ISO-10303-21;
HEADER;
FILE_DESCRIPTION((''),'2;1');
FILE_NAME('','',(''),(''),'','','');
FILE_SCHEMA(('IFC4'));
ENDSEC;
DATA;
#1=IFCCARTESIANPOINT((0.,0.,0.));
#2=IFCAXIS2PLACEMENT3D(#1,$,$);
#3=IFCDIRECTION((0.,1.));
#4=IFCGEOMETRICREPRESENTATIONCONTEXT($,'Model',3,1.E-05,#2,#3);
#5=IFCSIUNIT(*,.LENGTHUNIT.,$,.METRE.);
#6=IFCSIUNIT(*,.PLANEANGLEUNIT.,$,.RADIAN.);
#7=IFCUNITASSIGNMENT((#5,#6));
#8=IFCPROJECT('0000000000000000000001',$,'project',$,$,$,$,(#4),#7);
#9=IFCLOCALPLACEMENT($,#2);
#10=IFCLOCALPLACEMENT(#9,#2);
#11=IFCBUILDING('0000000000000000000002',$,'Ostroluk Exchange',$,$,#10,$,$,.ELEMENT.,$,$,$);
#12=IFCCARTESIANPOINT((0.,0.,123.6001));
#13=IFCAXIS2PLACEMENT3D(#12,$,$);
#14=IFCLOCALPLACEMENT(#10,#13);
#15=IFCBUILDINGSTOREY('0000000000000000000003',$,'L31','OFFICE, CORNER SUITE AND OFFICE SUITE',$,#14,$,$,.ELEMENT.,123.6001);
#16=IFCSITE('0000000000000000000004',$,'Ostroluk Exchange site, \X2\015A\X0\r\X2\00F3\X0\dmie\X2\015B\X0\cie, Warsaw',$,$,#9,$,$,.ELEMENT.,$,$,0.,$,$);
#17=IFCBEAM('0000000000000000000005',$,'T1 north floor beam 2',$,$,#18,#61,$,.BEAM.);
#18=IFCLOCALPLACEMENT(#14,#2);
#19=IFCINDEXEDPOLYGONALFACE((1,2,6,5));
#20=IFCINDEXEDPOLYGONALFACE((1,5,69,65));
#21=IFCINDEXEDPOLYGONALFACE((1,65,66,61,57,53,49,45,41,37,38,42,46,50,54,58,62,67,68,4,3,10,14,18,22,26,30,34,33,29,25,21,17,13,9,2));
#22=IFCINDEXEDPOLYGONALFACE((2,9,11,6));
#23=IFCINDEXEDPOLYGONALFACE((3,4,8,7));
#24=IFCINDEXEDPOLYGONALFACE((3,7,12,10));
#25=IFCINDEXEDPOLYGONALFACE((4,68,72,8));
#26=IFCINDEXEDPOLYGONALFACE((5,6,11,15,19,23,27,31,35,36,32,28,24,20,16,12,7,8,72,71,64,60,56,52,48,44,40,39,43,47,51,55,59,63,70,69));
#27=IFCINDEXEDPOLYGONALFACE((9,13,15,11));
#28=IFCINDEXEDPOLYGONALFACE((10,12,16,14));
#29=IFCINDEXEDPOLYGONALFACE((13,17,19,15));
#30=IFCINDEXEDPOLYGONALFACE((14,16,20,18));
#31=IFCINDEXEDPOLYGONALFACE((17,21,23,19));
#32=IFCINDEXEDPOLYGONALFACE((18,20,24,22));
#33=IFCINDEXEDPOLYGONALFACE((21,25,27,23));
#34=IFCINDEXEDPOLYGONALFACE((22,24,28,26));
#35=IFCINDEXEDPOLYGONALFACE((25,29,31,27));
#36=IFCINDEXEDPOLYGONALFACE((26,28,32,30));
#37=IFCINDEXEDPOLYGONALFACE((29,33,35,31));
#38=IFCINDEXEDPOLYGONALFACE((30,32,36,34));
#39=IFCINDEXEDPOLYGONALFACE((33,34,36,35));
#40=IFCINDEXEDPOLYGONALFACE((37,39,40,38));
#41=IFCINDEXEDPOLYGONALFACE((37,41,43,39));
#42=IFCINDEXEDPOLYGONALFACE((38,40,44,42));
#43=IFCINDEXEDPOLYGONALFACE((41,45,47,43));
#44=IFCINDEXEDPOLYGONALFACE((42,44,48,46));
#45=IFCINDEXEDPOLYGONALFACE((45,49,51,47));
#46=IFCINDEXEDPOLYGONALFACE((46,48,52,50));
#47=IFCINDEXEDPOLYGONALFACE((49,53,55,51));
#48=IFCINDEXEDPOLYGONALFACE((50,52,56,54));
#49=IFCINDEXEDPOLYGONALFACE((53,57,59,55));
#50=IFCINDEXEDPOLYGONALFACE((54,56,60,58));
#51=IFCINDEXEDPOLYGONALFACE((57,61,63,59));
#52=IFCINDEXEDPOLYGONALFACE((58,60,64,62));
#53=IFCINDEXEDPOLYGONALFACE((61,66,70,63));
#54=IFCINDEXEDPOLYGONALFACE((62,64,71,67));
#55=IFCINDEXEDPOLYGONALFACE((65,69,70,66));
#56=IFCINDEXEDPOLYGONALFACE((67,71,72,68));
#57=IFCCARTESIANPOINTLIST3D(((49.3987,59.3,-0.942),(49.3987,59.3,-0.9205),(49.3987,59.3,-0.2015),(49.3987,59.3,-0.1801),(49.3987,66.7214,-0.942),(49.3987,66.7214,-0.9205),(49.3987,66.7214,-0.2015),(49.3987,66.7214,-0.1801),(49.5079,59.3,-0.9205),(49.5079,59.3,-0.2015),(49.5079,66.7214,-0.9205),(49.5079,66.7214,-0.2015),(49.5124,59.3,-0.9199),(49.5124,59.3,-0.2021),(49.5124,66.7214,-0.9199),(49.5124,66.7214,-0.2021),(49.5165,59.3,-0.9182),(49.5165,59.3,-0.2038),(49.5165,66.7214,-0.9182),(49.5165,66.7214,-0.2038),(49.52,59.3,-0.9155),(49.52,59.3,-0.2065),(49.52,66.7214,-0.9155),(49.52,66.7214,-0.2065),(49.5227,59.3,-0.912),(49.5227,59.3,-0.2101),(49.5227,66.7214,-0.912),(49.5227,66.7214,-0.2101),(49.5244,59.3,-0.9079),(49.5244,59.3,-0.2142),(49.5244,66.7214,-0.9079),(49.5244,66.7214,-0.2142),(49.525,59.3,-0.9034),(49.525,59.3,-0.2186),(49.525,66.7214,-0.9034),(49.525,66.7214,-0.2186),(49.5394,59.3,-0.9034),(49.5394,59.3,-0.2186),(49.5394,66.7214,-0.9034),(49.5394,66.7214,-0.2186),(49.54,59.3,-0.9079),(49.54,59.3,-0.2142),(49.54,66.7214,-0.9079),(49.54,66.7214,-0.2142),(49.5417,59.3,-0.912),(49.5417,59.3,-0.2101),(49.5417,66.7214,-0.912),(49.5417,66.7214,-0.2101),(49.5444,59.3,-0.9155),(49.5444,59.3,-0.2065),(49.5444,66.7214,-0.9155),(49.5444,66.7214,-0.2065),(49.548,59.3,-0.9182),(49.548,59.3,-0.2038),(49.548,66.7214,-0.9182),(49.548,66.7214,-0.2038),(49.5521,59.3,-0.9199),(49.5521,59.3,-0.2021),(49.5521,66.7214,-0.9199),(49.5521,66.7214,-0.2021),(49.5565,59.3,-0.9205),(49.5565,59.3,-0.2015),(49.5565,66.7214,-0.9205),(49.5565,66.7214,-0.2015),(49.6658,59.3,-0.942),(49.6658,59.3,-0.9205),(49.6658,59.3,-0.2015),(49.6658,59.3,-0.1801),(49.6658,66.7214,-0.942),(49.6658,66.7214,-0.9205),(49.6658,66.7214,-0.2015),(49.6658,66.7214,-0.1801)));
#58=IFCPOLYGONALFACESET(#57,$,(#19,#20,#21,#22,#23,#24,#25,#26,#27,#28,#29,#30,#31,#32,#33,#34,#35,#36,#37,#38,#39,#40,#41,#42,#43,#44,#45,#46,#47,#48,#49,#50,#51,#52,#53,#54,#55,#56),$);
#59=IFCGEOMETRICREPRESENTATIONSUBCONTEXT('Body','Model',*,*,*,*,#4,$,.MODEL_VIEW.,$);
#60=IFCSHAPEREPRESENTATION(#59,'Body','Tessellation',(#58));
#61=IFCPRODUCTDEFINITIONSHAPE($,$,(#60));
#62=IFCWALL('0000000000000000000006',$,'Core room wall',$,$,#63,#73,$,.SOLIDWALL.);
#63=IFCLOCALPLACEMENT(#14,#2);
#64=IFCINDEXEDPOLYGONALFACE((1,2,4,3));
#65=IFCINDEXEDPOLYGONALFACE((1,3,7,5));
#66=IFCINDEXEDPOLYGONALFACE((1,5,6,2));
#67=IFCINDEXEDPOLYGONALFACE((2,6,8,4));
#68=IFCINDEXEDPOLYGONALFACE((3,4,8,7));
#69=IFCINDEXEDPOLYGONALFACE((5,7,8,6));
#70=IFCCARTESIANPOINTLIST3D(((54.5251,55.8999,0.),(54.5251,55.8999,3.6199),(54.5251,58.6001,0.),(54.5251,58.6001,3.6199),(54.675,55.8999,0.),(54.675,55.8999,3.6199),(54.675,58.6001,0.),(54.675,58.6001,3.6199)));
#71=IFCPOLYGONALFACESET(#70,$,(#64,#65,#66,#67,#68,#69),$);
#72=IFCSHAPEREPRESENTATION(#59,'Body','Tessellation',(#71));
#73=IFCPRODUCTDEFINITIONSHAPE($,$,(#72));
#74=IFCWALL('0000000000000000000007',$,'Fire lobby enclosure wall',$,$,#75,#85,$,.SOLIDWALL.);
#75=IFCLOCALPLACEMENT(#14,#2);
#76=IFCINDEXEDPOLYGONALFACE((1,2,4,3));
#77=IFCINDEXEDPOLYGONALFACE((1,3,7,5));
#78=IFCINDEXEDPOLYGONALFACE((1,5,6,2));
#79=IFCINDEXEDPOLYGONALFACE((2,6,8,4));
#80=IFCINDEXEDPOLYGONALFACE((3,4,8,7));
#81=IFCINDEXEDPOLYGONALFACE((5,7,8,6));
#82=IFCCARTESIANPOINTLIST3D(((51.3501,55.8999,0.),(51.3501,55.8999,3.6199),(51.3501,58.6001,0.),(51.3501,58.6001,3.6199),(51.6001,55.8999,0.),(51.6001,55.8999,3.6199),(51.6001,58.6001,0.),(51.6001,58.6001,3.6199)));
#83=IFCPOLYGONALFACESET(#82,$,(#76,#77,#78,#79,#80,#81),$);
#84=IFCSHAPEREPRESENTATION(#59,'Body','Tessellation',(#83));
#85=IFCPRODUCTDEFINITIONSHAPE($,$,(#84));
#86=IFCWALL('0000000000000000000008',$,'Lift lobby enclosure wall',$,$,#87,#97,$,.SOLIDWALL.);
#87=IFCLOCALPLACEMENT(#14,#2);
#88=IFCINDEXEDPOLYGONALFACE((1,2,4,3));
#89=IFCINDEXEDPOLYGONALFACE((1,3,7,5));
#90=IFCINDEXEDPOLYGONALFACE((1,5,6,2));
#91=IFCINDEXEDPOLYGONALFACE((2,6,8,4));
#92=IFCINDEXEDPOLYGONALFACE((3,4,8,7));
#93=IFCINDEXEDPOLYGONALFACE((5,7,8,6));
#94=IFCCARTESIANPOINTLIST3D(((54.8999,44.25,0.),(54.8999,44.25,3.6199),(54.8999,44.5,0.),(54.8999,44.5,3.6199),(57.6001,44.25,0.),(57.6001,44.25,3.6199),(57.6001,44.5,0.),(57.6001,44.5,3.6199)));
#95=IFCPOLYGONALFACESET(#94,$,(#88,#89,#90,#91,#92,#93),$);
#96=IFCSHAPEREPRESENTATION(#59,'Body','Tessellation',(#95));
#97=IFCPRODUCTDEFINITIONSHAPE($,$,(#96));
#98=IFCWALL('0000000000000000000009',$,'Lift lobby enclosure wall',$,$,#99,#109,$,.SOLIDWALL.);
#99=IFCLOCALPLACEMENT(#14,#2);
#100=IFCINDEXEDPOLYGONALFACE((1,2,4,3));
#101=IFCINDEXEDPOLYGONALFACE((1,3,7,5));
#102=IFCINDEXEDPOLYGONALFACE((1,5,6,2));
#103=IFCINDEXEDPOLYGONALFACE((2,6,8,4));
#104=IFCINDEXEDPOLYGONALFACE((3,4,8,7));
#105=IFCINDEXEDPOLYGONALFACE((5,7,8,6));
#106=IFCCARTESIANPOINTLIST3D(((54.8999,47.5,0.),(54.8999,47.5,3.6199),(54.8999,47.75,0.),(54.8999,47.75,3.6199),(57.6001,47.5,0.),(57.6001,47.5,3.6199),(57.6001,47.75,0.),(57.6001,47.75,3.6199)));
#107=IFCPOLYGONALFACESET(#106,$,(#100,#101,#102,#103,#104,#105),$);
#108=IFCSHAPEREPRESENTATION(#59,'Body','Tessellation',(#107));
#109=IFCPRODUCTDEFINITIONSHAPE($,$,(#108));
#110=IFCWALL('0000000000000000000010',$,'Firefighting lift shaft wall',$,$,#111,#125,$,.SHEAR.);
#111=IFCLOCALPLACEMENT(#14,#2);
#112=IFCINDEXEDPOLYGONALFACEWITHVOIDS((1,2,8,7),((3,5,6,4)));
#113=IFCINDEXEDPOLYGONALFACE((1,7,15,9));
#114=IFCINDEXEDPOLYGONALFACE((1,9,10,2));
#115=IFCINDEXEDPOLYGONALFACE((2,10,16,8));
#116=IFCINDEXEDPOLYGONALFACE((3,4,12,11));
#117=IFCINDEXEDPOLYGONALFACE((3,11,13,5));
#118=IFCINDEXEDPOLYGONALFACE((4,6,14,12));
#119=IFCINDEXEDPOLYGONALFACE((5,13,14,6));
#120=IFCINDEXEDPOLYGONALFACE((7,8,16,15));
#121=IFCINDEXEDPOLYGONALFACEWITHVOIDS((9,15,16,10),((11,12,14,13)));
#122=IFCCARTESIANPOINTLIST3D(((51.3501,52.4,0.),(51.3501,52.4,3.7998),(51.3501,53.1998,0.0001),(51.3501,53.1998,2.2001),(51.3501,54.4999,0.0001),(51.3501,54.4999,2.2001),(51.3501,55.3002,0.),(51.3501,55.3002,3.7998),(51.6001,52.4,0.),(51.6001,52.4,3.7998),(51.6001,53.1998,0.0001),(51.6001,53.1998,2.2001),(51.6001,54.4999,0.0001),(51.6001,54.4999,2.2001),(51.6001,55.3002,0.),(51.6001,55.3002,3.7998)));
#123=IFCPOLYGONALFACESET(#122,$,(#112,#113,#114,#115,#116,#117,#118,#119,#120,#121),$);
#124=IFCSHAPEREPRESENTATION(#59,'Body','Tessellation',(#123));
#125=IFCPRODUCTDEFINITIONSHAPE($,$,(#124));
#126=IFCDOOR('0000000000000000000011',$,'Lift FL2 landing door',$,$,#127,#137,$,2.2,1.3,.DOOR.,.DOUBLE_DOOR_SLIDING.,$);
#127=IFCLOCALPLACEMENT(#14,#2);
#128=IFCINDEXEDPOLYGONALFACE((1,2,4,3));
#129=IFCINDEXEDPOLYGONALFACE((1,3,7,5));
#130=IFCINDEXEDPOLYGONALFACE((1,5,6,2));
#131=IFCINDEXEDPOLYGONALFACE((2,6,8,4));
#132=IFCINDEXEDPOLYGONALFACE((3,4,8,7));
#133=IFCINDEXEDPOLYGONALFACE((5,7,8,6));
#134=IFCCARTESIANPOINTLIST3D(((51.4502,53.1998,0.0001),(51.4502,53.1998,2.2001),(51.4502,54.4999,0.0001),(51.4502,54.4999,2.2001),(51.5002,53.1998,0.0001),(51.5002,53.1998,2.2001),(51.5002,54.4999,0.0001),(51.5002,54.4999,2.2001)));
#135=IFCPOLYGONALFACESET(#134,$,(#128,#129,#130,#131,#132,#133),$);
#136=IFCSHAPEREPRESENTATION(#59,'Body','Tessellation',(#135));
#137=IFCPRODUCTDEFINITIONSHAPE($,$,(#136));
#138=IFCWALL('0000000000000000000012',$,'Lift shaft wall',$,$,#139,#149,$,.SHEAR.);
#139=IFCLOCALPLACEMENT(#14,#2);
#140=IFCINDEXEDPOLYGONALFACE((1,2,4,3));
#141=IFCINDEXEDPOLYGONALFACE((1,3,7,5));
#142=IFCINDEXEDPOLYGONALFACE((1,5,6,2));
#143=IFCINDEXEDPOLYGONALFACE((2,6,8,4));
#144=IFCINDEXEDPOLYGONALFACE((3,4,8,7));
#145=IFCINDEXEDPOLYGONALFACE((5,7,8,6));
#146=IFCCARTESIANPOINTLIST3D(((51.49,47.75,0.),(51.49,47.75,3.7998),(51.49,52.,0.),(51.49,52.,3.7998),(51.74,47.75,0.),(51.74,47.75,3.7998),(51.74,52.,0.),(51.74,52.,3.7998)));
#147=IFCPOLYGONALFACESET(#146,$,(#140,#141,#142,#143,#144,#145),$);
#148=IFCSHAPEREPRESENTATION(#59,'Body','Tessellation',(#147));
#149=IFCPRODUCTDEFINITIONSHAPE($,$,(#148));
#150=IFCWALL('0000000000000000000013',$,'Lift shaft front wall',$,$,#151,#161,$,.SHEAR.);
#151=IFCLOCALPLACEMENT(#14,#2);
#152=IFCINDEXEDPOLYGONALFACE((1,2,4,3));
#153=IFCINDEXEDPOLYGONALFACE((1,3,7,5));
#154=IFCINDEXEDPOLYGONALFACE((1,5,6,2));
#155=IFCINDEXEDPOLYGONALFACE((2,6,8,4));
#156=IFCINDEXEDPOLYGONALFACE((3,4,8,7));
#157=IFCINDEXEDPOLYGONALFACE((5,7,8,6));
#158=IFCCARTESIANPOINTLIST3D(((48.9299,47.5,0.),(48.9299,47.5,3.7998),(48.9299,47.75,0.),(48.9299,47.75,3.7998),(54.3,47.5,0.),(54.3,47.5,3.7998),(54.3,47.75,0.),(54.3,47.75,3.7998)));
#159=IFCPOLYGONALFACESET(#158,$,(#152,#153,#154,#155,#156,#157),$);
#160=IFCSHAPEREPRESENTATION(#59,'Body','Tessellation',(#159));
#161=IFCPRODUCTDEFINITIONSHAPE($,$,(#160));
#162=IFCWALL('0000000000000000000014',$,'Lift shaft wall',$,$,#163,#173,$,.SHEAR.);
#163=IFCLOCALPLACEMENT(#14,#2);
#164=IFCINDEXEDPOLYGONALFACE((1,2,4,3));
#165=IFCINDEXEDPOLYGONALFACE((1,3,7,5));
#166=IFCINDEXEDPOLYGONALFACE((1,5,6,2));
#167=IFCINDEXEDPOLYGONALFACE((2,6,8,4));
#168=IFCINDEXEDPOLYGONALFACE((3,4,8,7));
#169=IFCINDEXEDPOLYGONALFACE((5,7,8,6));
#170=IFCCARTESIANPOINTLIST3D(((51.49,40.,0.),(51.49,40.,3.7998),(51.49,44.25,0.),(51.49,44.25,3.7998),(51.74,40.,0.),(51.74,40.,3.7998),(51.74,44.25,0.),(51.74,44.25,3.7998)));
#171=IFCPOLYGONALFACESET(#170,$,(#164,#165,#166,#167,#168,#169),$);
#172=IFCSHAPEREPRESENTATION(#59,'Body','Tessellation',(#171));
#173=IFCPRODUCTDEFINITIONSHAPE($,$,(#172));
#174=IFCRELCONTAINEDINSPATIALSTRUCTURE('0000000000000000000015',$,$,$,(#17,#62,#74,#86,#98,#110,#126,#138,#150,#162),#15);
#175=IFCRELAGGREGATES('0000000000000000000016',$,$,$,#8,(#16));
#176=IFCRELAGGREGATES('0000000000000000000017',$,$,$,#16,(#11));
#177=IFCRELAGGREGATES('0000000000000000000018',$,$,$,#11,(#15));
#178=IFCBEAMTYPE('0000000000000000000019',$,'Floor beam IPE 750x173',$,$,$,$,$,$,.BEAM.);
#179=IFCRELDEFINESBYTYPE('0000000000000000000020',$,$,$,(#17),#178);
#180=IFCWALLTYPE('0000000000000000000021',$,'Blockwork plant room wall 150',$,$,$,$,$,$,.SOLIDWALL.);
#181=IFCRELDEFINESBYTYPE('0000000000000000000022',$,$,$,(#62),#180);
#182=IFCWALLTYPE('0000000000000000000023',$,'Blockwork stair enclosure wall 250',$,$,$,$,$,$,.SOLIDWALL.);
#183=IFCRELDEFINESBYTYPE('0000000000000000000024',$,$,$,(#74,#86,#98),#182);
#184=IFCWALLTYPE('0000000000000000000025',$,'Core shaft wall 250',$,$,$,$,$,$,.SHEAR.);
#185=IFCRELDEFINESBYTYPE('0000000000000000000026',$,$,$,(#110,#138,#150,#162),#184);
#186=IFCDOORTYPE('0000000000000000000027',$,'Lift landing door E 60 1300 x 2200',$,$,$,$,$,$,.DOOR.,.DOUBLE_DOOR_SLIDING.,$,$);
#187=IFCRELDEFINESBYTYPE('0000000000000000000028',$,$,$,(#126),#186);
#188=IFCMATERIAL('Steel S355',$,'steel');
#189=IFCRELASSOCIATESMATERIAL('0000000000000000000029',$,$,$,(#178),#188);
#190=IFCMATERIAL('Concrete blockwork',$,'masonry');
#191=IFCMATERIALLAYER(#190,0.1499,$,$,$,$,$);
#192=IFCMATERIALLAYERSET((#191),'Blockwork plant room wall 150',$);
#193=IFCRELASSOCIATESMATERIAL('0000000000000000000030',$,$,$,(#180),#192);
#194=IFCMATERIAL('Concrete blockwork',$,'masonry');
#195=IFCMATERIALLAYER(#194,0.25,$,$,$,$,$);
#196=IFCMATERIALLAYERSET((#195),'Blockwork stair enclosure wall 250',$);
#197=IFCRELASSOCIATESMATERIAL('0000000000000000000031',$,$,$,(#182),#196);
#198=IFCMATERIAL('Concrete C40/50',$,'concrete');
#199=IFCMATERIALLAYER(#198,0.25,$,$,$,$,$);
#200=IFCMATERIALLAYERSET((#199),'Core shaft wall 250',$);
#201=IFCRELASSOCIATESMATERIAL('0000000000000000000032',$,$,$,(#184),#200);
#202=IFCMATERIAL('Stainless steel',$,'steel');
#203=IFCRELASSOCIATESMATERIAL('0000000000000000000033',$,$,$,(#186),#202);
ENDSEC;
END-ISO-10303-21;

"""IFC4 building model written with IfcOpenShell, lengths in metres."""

from ifc_helpers import new_model, si_unit, direction, frame, frame_2d, origin, origin_2d, place, context, subcontext, project, spatial, rectangle, i_section, extrude, material, layer, layer_set, material_profile, profile_set, type_object, element, fill, save


model = new_model("IFC4")

# Units and contexts
model_context = context("Model", 3, precision=1e-05, world=origin(), true_north=direction((0.0, 1.0)))
body_context = subcontext(model_context, "Body", "Model", "MODEL_VIEW")
ifc_project = project(units=[si_unit("LENGTHUNIT", "METRE"), si_unit("PLANEANGLEUNIT", "RADIAN")], contexts=[model_context])

# Site, building, storey
site_placement = place(None, origin())
site = spatial("IfcSite", under=ifc_project, at=site_placement, Name="Ostroluk Exchange site, Śródmieście, Warsaw", CompositionType="ELEMENT", RefElevation=0.0)
building_placement = place(site_placement, origin())
building = spatial("IfcBuilding", under=site, at=building_placement, Name="Ostroluk Exchange", CompositionType="ELEMENT")
storey_placement = place(building_placement, frame((0.0, 0.0, 123.6001)))
storey = spatial("IfcBuildingStorey", under=building, at=storey_placement, Name="L31", Description="OFFICE, CORNER SUITE AND OFFICE SUITE", CompositionType="ELEMENT", Elevation=123.6001)

# Beam
ifc_material_1 = material(Name="Steel S355", Category="steel")
ifc_material_profile_1 = material_profile(ifc_material_1, i_section(OverallWidth=0.2671, OverallDepth=0.762, WebThickness=0.0144, FlangeThickness=0.0215, FilletRadius=0.0171, at=origin_2d()), Name="IPE 750x173")
ifc_profile_set_1 = profile_set([ifc_material_profile_1], Name="Steel S355")
beam_type_1 = type_object("IfcBeamType", Name="Floor beam IPE 750x173", PredefinedType="BEAM", material=ifc_profile_set_1)
for number, where, z_axis, x_axis, name in (
    (1, (49.5322, 59.3, -0.561), (0.0, 1.0, 0.0), (-1.0, 0.0, 0.0), "T1 north floor beam 2"),
):
    element("IfcBeam", number, at=place(storey_placement, frame(where, z_axis=z_axis, x_axis=x_axis)), inside=storey, type_object=beam_type_1, Name=name, PredefinedType="BEAM", context=body_context, shape_type="SweptSolid", body=[
        extrude(i_section(OverallWidth=0.2671, OverallDepth=0.762, WebThickness=0.0144, FlangeThickness=0.0215, FilletRadius=0.0171, at=origin_2d()), origin(), (0.0, 0.0, 1.0), 7.4214),
    ])

# Walls
ifc_material_2 = material(Name="Concrete blockwork", Category="masonry")
ifc_layer_1 = layer(ifc_material_2, 0.1499)
ifc_layer_set_1 = layer_set([ifc_layer_1], Name="Blockwork plant room wall 150")
wall_type_1 = type_object("IfcWallType", Name="Blockwork plant room wall 150", PredefinedType="SOLIDWALL", material=ifc_layer_set_1)
wall_1_placement = place(storey_placement, frame((54.6001, 55.8999, 0.0), z_axis=(0.0, 0.0, 1.0), x_axis=(0.0, 1.0, 0.0)))
element("IfcWall", 2, at=wall_1_placement, inside=storey, type_object=wall_type_1, Name="Core room wall", PredefinedType="SOLIDWALL", context=body_context, shape_type="SweptSolid", body=[
    extrude(rectangle(XDim=2.7002, YDim=0.1499, at=frame_2d((1.3501, 0.0))), origin(), (0.0, 0.0, 1.0), 3.6199),
])
ifc_material_3 = material(Name="Concrete blockwork", Category="masonry")
ifc_layer_2 = layer(ifc_material_3, 0.25)
ifc_layer_set_2 = layer_set([ifc_layer_2], Name="Blockwork stair enclosure wall 250")
wall_type_2 = type_object("IfcWallType", Name="Blockwork stair enclosure wall 250", PredefinedType="SOLIDWALL", material=ifc_layer_set_2)
for number, where, z_axis, x_axis, name in (
    (3, (51.4751, 55.8999, 0.0), (0.0, 0.0, 1.0), (0.0, 1.0, 0.0), "Fire lobby enclosure wall"),
    (4, (54.8999, 44.375, 0.0), (0.0, 0.0, 1.0), (1.0, 0.0, 0.0), "Lift lobby enclosure wall"),
    (5, (54.8999, 47.625, 0.0), (0.0, 0.0, 1.0), (1.0, 0.0, 0.0), "Lift lobby enclosure wall"),
):
    element("IfcWall", number, at=place(storey_placement, frame(where, z_axis=z_axis, x_axis=x_axis)), inside=storey, type_object=wall_type_2, Name=name, PredefinedType="SOLIDWALL", context=body_context, shape_type="SweptSolid", body=[
        extrude(rectangle(XDim=2.7002, YDim=0.25, at=frame_2d((1.3501, 0.0))), origin(), (0.0, 0.0, 1.0), 3.6199),
    ])

# Wall, opening, door
ifc_material_4 = material(Name="Concrete C40/50", Category="concrete")
ifc_layer_3 = layer(ifc_material_4, 0.25)
ifc_layer_set_3 = layer_set([ifc_layer_3], Name="Core shaft wall 250")
wall_type_3 = type_object("IfcWallType", Name="Core shaft wall 250", PredefinedType="SHEAR", material=ifc_layer_set_3)
wall_2_placement = place(storey_placement, frame((51.4751, 52.3999, 0.0), z_axis=(0.0, 0.0, 1.0), x_axis=(0.0, 1.0, 0.0)))
wall_2 = element("IfcWall", 6, at=wall_2_placement, inside=storey, type_object=wall_type_3, Name="Firefighting lift shaft wall", PredefinedType="SHEAR", context=body_context, shape_type="SweptSolid", body=[
    extrude(rectangle(XDim=2.9001, YDim=0.25, at=frame_2d((1.4502, 0.0))), origin(), (0.0, 0.0, 1.0), 3.7998),
])
opening_1_placement = place(wall_2_placement, frame((0.8, 0.0, 0.0)))
opening_1 = element("IfcOpeningElement", 7, at=opening_1_placement, cuts=wall_2, PredefinedType="OPENING", context=body_context, shape_type="SweptSolid", body=[
    extrude(rectangle(XDim=1.3, YDim=2.2, at=frame_2d((0.6499, 1.1001))), frame((0.0, 0.135, 0.0), z_axis=(0.0, -1.0, 0.0), x_axis=(1.0, 0.0, 0.0)), (0.0, 0.0, 1.0), 0.27),
])
ifc_material_5 = material(Name="Stainless steel", Category="steel")
door_type_1 = type_object("IfcDoorType", Name="Lift landing door E 60 1300 x 2200", OperationType="DOUBLE_DOOR_SLIDING", PredefinedType="DOOR", material=ifc_material_5)
door_1_placement = place(opening_1_placement, origin())
door_1 = element("IfcDoor", 8, at=door_1_placement, inside=storey, type_object=door_type_1, Name="Lift FL2 landing door", OperationType="DOUBLE_DOOR_SLIDING", OverallHeight=2.2, OverallWidth=1.3, PredefinedType="DOOR", context=body_context, shape_type="SweptSolid", body=[
    extrude(rectangle(XDim=1.3, YDim=2.2, at=frame_2d((0.6499, 1.1001))), frame((0.0, 0.0249, 0.0), z_axis=(0.0, -1.0, 0.0), x_axis=(1.0, 0.0, 0.0)), (0.0, 0.0, 1.0), 0.05),
])
fill(opening_1, door_1)

# Walls
wall_3_placement = place(storey_placement, frame((51.615, 47.75, 0.0), z_axis=(0.0, 0.0, 1.0), x_axis=(0.0, 1.0, 0.0)))
element("IfcWall", 9, at=wall_3_placement, inside=storey, type_object=wall_type_3, Name="Lift shaft wall", PredefinedType="SHEAR", context=body_context, shape_type="SweptSolid", body=[
    extrude(rectangle(XDim=4.25, YDim=0.25, at=frame_2d((2.125, 0.0))), origin(), (0.0, 0.0, 1.0), 3.7998),
])
wall_4_placement = place(storey_placement, frame((48.9299, 47.625, 0.0), z_axis=(0.0, 0.0, 1.0), x_axis=(1.0, 0.0, 0.0)))
element("IfcWall", 10, at=wall_4_placement, inside=storey, type_object=wall_type_3, Name="Lift shaft front wall", PredefinedType="SHEAR", context=body_context, shape_type="SweptSolid", body=[
    extrude(rectangle(XDim=5.3701, YDim=0.25, at=frame_2d((2.6851, 0.0))), origin(), (0.0, 0.0, 1.0), 3.7998),
])
wall_5_placement = place(storey_placement, frame((51.615, 44.25, 0.0), z_axis=(0.0, 0.0, 1.0), x_axis=(0.0, -1.0, 0.0)))
element("IfcWall", 11, at=wall_5_placement, inside=storey, type_object=wall_type_3, Name="Lift shaft wall", PredefinedType="SHEAR", context=body_context, shape_type="SweptSolid", body=[
    extrude(rectangle(XDim=4.25, YDim=0.25, at=frame_2d((2.125, 0.0))), origin(), (0.0, 0.0, 1.0), 3.7998),
])

save(model, "model.ifc")
